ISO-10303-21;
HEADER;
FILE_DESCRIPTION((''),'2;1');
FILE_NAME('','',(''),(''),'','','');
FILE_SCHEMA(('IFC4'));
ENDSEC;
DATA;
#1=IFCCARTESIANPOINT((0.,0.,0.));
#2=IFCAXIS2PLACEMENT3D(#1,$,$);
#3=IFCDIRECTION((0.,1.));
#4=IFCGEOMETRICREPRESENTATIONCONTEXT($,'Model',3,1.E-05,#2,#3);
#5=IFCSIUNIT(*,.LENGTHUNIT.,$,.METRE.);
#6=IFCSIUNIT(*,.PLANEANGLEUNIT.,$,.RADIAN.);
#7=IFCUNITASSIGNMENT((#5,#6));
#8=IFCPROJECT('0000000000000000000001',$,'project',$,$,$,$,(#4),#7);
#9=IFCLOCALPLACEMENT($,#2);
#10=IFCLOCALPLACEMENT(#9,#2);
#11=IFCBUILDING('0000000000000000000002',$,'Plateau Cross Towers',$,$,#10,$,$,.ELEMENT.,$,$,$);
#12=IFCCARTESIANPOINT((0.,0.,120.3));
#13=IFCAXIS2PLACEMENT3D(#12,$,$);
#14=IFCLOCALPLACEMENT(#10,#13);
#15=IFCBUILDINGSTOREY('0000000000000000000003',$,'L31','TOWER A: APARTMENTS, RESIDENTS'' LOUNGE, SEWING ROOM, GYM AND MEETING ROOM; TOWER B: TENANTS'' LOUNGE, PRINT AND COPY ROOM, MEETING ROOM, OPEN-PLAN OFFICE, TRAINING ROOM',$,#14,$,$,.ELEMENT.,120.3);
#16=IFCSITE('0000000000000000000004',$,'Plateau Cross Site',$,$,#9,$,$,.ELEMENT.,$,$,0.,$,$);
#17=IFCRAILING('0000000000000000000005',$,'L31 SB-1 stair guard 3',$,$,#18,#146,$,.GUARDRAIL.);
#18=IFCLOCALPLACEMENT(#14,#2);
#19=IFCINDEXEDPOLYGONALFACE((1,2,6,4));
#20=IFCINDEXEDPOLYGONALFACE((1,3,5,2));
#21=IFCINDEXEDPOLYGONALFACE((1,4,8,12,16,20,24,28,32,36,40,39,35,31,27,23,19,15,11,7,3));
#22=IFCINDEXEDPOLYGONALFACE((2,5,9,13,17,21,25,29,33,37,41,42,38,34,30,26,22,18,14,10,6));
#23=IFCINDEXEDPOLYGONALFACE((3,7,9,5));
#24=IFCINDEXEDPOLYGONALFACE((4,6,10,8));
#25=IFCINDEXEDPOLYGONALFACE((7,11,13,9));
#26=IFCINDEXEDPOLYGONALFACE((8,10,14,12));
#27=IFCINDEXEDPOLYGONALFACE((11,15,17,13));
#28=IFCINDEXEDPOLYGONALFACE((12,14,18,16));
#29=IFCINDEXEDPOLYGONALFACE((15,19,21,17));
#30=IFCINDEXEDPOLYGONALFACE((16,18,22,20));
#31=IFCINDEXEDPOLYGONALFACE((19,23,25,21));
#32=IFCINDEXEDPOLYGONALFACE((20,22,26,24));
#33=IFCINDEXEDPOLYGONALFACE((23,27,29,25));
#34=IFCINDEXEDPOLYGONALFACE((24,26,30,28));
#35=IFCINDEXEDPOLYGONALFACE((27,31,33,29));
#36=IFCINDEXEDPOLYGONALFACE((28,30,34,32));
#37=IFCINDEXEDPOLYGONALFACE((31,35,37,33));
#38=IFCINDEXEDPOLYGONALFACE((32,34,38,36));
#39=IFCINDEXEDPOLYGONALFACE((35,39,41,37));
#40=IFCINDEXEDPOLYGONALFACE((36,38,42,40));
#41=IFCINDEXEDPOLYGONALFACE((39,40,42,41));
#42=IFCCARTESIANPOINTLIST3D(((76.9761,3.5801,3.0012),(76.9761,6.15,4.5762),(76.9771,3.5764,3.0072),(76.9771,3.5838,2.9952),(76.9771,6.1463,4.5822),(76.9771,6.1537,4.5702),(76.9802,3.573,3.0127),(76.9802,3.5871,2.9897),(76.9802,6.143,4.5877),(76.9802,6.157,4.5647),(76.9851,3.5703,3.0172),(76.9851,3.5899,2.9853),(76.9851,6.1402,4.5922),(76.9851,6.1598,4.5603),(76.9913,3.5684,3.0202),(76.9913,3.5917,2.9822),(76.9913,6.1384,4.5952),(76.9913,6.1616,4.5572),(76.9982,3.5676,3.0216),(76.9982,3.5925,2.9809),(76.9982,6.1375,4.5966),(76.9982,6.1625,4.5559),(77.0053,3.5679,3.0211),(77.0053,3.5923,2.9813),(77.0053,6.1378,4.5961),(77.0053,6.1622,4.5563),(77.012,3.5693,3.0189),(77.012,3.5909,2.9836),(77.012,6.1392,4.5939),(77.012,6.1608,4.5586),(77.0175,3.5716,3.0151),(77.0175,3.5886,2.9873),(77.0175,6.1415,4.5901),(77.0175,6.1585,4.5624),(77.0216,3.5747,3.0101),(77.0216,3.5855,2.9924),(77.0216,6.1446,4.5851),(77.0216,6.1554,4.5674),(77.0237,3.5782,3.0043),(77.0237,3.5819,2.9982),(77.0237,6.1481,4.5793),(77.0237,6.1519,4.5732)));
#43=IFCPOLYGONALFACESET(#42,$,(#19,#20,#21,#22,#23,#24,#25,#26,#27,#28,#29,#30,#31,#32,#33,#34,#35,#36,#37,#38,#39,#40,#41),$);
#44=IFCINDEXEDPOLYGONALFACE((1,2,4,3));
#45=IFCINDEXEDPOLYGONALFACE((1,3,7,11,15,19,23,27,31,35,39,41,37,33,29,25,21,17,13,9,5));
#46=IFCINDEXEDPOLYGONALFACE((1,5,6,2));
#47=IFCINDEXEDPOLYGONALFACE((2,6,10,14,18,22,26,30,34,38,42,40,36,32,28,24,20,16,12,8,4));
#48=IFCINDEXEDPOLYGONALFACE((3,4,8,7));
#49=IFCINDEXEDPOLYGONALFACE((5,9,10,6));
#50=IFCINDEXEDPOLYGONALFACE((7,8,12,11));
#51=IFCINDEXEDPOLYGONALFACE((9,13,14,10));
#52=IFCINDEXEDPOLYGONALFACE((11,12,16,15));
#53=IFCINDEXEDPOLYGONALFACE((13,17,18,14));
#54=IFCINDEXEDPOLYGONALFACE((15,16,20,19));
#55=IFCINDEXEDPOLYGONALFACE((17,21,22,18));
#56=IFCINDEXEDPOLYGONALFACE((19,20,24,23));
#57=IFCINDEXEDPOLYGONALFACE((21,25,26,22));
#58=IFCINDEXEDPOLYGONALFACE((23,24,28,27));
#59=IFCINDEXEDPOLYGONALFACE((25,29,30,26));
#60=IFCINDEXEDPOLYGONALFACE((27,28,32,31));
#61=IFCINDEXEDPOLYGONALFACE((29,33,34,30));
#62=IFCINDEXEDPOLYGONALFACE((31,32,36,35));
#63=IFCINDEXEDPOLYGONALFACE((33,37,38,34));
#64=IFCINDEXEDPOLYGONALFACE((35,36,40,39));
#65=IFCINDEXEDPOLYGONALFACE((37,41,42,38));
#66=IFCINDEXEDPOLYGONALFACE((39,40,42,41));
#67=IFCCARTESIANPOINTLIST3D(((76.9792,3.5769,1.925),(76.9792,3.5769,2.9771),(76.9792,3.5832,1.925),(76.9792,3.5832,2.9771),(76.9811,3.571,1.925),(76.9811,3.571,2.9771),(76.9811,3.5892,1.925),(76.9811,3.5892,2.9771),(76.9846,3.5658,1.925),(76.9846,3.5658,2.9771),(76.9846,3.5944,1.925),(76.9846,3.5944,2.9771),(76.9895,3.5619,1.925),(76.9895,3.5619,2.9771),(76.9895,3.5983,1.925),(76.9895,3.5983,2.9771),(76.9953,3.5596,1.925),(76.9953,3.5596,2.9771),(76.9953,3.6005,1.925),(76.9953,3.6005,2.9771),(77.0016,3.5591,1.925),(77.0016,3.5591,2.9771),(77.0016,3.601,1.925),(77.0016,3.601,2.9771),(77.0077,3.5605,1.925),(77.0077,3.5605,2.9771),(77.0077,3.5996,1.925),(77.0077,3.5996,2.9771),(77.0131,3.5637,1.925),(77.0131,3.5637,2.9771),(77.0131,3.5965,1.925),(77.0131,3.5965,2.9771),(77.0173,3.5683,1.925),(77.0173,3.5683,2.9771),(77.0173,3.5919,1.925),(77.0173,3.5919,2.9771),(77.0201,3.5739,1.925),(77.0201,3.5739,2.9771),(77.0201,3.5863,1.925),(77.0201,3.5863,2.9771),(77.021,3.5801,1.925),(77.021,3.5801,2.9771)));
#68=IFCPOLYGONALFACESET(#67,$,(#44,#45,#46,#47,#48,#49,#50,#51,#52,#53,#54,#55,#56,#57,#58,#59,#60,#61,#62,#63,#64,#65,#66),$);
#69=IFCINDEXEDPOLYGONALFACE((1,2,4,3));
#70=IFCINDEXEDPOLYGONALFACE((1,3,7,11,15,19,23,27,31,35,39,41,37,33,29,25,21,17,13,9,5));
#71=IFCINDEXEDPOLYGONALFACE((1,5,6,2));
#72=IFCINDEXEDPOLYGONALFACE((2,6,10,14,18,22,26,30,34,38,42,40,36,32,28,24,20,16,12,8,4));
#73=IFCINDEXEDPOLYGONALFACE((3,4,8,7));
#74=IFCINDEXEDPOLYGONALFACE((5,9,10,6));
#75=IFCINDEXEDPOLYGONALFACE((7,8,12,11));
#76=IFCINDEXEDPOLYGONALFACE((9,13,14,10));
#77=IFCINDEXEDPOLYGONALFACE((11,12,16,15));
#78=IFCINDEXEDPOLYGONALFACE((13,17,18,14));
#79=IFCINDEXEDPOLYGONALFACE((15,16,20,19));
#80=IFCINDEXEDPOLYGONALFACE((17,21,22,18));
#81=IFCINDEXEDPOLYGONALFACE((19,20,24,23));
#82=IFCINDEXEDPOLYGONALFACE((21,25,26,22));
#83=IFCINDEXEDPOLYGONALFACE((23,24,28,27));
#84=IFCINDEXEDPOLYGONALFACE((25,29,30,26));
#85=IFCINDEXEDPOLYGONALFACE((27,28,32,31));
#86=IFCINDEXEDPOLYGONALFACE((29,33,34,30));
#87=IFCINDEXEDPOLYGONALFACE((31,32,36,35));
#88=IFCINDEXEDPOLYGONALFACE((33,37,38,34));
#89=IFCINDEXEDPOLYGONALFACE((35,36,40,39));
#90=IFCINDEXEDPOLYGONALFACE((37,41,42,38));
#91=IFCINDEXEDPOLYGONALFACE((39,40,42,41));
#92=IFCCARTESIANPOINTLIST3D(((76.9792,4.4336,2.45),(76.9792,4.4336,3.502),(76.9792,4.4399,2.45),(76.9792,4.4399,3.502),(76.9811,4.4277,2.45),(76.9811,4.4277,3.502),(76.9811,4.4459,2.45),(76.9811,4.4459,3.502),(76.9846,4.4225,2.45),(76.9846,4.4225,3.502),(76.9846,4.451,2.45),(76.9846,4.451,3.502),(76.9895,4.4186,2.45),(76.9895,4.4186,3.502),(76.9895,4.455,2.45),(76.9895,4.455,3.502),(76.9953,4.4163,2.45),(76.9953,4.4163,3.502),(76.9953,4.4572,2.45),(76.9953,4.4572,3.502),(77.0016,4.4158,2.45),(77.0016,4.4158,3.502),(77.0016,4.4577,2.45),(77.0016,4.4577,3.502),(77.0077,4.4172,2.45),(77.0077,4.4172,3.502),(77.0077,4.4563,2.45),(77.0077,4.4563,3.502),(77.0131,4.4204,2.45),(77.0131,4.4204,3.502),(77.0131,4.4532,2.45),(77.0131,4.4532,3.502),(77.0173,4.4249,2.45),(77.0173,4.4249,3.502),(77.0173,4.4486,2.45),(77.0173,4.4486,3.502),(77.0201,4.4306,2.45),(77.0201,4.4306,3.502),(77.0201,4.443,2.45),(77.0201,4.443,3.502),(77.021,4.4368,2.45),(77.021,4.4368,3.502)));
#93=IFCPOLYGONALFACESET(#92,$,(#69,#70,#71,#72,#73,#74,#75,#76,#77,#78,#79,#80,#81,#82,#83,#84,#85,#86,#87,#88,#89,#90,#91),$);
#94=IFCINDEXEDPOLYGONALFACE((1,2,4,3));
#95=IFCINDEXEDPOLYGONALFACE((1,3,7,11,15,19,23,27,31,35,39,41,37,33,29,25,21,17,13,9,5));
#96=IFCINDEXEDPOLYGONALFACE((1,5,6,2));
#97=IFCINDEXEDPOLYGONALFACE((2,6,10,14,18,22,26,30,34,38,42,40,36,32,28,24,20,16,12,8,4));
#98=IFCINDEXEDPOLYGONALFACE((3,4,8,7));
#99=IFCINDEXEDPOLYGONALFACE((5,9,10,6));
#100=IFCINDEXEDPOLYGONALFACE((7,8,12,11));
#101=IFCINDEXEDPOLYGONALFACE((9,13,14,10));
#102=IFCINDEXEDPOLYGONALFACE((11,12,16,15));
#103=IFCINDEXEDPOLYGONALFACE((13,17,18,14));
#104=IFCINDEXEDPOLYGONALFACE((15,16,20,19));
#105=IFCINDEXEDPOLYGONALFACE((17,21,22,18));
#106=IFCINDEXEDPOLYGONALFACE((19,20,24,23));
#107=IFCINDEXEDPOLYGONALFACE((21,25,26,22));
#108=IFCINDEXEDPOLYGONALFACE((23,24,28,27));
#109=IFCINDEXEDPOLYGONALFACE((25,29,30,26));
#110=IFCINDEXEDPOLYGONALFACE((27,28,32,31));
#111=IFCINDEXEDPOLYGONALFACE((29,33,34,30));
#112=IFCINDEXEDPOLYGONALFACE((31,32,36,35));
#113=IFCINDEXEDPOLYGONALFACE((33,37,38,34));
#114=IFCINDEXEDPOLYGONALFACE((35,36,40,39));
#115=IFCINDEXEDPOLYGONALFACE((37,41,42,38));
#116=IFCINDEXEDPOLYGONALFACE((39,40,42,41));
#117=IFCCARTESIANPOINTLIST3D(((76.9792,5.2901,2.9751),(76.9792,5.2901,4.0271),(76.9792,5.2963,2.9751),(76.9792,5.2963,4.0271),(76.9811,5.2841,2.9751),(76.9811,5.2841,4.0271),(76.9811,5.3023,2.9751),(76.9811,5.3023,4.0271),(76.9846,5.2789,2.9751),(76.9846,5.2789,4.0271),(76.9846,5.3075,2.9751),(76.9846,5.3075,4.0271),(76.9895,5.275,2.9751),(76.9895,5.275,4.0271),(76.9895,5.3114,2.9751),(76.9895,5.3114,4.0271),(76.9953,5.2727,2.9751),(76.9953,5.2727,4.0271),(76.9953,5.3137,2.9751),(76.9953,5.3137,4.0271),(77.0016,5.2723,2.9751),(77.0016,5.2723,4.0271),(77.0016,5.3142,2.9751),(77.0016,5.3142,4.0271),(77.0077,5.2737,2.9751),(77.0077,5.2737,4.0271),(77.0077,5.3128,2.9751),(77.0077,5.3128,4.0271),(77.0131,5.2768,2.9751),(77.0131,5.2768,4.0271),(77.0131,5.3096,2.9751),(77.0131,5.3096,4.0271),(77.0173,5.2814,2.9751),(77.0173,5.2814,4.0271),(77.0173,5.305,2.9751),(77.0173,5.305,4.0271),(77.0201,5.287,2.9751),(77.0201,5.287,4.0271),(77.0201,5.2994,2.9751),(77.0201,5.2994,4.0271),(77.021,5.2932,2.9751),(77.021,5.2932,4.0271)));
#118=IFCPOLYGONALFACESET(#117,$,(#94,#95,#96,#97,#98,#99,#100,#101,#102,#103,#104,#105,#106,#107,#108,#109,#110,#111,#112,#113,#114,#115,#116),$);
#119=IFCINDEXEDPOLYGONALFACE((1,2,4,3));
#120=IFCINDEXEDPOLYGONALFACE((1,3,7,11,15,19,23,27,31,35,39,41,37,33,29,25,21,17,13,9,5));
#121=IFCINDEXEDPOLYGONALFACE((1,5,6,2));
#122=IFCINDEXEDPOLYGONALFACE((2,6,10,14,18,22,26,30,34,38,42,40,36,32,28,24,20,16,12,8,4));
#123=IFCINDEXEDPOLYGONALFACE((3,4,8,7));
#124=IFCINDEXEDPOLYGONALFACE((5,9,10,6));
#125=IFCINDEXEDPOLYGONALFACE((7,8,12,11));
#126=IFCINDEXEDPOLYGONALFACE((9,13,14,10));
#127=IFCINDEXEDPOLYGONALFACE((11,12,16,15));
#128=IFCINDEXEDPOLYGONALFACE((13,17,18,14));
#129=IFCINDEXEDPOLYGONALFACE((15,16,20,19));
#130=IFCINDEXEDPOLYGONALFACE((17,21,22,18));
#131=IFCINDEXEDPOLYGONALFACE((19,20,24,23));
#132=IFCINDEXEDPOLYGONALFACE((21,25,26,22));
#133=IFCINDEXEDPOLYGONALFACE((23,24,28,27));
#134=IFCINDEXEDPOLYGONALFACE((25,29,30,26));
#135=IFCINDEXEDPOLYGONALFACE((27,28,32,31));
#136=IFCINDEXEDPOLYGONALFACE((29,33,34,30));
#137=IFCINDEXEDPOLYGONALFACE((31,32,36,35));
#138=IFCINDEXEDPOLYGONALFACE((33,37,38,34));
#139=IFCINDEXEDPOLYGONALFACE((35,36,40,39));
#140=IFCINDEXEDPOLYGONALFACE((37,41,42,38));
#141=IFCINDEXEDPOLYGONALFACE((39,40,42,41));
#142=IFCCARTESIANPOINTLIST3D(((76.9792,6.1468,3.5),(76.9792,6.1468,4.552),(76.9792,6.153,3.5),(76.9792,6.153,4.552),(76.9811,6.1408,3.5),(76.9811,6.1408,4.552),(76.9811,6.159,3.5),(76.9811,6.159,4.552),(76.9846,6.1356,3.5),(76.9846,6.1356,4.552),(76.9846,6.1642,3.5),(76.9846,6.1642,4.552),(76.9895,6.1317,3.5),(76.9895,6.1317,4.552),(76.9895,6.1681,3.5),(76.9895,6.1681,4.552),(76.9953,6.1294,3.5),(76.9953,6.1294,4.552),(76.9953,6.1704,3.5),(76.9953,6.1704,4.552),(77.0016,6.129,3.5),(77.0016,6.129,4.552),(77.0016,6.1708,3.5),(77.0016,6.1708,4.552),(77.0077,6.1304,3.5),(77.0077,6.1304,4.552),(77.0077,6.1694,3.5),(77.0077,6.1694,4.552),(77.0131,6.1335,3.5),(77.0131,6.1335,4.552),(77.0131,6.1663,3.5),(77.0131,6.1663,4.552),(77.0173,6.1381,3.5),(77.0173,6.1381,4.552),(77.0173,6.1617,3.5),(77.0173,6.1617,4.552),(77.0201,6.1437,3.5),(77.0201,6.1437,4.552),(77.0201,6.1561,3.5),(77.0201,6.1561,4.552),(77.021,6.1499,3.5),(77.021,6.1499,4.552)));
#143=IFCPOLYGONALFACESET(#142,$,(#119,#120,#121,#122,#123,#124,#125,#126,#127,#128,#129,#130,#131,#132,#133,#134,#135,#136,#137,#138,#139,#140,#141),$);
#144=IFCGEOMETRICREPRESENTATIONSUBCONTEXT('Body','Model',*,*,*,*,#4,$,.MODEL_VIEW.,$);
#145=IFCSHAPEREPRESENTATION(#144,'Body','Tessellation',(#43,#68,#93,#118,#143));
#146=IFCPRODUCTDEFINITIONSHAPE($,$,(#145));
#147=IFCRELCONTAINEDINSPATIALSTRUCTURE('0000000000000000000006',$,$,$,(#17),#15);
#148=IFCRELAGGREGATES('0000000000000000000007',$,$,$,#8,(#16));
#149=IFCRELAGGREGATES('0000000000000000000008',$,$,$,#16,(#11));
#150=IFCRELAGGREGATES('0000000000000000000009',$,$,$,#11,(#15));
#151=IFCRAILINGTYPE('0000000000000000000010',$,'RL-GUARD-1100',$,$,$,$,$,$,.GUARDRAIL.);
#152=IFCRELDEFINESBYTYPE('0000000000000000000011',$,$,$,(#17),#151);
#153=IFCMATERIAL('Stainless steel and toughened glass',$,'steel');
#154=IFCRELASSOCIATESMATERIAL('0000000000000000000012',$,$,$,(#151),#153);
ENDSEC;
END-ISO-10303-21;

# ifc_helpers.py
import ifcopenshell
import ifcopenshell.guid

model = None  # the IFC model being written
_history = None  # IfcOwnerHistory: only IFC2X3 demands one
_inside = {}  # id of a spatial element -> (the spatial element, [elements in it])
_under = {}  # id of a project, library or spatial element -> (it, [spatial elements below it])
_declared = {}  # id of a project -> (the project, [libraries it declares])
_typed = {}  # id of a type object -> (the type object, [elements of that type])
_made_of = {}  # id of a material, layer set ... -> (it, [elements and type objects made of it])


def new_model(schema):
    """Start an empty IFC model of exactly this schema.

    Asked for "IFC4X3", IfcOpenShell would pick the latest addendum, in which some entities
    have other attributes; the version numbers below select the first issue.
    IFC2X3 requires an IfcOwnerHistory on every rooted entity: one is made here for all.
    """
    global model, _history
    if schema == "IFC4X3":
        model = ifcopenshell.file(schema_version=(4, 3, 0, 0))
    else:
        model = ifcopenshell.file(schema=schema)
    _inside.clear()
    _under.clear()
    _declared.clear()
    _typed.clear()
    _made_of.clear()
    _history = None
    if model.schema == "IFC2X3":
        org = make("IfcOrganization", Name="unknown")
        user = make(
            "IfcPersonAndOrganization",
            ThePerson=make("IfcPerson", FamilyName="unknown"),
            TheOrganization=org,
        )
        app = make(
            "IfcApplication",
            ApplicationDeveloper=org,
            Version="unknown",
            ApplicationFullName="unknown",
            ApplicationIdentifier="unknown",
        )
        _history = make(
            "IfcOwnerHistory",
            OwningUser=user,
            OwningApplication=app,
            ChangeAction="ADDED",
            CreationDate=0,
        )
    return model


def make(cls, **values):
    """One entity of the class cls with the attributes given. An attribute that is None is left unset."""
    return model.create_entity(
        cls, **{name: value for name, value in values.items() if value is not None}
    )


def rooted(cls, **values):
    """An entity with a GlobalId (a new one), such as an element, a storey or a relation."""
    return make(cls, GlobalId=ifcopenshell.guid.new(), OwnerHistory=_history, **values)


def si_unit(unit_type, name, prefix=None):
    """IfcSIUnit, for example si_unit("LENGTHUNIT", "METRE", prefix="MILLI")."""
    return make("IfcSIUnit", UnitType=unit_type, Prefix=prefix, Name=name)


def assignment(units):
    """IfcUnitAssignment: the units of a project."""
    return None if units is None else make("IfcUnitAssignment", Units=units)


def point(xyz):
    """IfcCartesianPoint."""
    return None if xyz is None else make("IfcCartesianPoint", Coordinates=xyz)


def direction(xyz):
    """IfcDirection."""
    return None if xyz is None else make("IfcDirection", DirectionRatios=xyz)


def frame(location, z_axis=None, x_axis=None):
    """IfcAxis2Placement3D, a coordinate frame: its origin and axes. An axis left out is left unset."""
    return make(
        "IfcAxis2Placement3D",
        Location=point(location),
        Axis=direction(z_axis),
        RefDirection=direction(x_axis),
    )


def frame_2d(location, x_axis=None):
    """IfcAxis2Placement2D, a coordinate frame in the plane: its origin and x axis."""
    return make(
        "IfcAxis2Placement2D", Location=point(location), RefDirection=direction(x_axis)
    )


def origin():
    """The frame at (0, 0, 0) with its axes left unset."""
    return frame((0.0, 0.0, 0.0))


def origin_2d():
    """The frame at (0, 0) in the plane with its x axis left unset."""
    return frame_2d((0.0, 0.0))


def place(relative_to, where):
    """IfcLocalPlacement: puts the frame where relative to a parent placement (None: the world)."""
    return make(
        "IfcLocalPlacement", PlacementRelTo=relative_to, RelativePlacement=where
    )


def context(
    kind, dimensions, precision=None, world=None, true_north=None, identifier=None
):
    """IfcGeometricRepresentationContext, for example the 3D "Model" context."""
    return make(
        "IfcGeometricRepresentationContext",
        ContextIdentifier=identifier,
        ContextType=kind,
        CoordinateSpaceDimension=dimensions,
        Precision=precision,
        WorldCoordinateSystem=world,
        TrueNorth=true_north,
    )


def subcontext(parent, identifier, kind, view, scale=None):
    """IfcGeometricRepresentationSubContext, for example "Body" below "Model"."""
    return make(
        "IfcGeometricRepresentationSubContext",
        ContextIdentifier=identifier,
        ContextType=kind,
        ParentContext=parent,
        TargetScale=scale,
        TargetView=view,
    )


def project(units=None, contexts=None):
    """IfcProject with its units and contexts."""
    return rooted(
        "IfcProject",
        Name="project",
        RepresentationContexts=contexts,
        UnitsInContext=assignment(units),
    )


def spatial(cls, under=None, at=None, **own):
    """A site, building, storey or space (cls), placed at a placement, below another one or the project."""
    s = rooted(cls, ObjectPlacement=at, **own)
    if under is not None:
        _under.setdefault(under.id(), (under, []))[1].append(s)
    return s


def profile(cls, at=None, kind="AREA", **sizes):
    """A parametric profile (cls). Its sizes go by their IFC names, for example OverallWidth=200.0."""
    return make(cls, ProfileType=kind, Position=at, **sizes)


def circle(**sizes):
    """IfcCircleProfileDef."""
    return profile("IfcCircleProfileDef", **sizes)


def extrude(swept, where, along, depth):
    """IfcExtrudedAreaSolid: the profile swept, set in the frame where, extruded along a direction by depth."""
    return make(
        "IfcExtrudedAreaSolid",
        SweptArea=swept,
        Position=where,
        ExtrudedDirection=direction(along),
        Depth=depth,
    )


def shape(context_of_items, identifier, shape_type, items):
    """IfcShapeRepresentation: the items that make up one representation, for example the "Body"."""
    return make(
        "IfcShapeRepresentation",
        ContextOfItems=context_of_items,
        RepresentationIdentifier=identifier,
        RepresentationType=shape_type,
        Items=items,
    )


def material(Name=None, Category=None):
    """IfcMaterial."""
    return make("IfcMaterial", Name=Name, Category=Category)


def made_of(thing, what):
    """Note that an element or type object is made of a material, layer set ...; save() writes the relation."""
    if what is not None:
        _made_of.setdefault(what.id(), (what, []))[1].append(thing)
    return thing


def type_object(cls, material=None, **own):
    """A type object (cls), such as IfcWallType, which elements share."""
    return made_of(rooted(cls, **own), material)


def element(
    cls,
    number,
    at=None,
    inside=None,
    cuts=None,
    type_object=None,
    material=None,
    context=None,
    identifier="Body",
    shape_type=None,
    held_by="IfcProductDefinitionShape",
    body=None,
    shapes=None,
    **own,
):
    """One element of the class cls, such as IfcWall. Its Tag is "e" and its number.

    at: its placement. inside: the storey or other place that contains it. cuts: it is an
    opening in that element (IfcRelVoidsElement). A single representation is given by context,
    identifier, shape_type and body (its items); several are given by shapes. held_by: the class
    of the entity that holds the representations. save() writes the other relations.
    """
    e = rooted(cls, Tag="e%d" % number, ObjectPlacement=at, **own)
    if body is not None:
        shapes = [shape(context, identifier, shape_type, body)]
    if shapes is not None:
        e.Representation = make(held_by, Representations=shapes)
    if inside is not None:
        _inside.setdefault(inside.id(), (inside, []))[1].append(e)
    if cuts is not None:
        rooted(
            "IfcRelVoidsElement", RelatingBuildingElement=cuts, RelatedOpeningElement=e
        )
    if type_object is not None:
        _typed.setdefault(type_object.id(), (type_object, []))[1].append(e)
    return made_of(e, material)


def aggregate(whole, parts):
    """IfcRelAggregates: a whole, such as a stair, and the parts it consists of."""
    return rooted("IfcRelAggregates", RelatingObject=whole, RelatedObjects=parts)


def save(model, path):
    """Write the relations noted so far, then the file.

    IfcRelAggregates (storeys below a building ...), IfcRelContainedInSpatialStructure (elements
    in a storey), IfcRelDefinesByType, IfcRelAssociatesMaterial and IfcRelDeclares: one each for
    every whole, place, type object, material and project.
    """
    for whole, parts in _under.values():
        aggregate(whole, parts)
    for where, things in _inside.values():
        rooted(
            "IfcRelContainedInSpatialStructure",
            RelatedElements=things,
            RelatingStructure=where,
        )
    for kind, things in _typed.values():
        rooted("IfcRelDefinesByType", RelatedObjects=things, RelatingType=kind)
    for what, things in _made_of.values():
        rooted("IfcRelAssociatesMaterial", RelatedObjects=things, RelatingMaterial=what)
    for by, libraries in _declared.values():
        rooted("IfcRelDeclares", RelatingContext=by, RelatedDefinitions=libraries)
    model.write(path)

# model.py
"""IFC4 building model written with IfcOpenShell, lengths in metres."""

from ifc_helpers import new_model, si_unit, direction, frame, origin, origin_2d, place, context, subcontext, project, spatial, circle, extrude, material, type_object, element, save


model = new_model("IFC4")

# Units and contexts
model_context = context("Model", 3, precision=1e-05, world=origin(), true_north=direction((0.0, 1.0)))
body_context = subcontext(model_context, "Body", "Model", "MODEL_VIEW")
ifc_project = project(units=[si_unit("LENGTHUNIT", "METRE"), si_unit("PLANEANGLEUNIT", "RADIAN")], contexts=[model_context])

# Site, building, storey
site_placement = place(None, origin())
site = spatial("IfcSite", under=ifc_project, at=site_placement, Name="Plateau Cross Site", CompositionType="ELEMENT", RefElevation=0.0)
building_placement = place(site_placement, origin())
building = spatial("IfcBuilding", under=site, at=building_placement, Name="Plateau Cross Towers", CompositionType="ELEMENT")
storey_placement = place(building_placement, frame((0.0, 0.0, 120.3)))
storey = spatial("IfcBuildingStorey", under=building, at=storey_placement, Name="L31", Description="TOWER A: APARTMENTS, RESIDENTS' LOUNGE, SEWING ROOM, GYM AND MEETING ROOM; TOWER B: TENANTS' LOUNGE, PRINT AND COPY ROOM, MEETING ROOM, OPEN-PLAN OFFICE, TRAINING ROOM", CompositionType="ELEMENT", Elevation=120.3)

# Railing
ifc_material_1 = material(Name="Stainless steel and toughened glass", Category="steel")
railing_type_1 = type_object("IfcRailingType", Name="RL-GUARD-1100", PredefinedType="GUARDRAIL", material=ifc_material_1)
railing_1_placement = place(storey_placement, frame((77.0, 3.5801, 1.925)))
element("IfcRailing", 1, at=railing_1_placement, inside=storey, type_object=railing_type_1, Name="L31 SB-1 stair guard 3", PredefinedType="GUARDRAIL", context=body_context, shape_type="SweptSolid", body=[
    extrude(circle(Radius=0.0239, at=origin_2d()), frame((0.0, 0.0, 1.0762), z_axis=(0.0, 0.852616, 0.522537), x_axis=(-1.0, 0.0, 0.0)), (0.0, 0.0, 1.0), 3.0142),
    extrude(circle(Radius=0.021, at=origin_2d()), origin(), (0.0, 0.0, 1.0), 1.052),
    extrude(circle(Radius=0.021, at=origin_2d()), frame((0.0, 0.8567, 0.5249)), (0.0, 0.0, 1.0), 1.052),
    extrude(circle(Radius=0.021, at=origin_2d()), frame((0.0, 1.7131, 1.05)), (0.0, 0.0, 1.0), 1.052),
    extrude(circle(Radius=0.021, at=origin_2d()), frame((0.0, 2.5698, 1.575)), (0.0, 0.0, 1.0), 1.052),
])

save(model, "model.ifc")
